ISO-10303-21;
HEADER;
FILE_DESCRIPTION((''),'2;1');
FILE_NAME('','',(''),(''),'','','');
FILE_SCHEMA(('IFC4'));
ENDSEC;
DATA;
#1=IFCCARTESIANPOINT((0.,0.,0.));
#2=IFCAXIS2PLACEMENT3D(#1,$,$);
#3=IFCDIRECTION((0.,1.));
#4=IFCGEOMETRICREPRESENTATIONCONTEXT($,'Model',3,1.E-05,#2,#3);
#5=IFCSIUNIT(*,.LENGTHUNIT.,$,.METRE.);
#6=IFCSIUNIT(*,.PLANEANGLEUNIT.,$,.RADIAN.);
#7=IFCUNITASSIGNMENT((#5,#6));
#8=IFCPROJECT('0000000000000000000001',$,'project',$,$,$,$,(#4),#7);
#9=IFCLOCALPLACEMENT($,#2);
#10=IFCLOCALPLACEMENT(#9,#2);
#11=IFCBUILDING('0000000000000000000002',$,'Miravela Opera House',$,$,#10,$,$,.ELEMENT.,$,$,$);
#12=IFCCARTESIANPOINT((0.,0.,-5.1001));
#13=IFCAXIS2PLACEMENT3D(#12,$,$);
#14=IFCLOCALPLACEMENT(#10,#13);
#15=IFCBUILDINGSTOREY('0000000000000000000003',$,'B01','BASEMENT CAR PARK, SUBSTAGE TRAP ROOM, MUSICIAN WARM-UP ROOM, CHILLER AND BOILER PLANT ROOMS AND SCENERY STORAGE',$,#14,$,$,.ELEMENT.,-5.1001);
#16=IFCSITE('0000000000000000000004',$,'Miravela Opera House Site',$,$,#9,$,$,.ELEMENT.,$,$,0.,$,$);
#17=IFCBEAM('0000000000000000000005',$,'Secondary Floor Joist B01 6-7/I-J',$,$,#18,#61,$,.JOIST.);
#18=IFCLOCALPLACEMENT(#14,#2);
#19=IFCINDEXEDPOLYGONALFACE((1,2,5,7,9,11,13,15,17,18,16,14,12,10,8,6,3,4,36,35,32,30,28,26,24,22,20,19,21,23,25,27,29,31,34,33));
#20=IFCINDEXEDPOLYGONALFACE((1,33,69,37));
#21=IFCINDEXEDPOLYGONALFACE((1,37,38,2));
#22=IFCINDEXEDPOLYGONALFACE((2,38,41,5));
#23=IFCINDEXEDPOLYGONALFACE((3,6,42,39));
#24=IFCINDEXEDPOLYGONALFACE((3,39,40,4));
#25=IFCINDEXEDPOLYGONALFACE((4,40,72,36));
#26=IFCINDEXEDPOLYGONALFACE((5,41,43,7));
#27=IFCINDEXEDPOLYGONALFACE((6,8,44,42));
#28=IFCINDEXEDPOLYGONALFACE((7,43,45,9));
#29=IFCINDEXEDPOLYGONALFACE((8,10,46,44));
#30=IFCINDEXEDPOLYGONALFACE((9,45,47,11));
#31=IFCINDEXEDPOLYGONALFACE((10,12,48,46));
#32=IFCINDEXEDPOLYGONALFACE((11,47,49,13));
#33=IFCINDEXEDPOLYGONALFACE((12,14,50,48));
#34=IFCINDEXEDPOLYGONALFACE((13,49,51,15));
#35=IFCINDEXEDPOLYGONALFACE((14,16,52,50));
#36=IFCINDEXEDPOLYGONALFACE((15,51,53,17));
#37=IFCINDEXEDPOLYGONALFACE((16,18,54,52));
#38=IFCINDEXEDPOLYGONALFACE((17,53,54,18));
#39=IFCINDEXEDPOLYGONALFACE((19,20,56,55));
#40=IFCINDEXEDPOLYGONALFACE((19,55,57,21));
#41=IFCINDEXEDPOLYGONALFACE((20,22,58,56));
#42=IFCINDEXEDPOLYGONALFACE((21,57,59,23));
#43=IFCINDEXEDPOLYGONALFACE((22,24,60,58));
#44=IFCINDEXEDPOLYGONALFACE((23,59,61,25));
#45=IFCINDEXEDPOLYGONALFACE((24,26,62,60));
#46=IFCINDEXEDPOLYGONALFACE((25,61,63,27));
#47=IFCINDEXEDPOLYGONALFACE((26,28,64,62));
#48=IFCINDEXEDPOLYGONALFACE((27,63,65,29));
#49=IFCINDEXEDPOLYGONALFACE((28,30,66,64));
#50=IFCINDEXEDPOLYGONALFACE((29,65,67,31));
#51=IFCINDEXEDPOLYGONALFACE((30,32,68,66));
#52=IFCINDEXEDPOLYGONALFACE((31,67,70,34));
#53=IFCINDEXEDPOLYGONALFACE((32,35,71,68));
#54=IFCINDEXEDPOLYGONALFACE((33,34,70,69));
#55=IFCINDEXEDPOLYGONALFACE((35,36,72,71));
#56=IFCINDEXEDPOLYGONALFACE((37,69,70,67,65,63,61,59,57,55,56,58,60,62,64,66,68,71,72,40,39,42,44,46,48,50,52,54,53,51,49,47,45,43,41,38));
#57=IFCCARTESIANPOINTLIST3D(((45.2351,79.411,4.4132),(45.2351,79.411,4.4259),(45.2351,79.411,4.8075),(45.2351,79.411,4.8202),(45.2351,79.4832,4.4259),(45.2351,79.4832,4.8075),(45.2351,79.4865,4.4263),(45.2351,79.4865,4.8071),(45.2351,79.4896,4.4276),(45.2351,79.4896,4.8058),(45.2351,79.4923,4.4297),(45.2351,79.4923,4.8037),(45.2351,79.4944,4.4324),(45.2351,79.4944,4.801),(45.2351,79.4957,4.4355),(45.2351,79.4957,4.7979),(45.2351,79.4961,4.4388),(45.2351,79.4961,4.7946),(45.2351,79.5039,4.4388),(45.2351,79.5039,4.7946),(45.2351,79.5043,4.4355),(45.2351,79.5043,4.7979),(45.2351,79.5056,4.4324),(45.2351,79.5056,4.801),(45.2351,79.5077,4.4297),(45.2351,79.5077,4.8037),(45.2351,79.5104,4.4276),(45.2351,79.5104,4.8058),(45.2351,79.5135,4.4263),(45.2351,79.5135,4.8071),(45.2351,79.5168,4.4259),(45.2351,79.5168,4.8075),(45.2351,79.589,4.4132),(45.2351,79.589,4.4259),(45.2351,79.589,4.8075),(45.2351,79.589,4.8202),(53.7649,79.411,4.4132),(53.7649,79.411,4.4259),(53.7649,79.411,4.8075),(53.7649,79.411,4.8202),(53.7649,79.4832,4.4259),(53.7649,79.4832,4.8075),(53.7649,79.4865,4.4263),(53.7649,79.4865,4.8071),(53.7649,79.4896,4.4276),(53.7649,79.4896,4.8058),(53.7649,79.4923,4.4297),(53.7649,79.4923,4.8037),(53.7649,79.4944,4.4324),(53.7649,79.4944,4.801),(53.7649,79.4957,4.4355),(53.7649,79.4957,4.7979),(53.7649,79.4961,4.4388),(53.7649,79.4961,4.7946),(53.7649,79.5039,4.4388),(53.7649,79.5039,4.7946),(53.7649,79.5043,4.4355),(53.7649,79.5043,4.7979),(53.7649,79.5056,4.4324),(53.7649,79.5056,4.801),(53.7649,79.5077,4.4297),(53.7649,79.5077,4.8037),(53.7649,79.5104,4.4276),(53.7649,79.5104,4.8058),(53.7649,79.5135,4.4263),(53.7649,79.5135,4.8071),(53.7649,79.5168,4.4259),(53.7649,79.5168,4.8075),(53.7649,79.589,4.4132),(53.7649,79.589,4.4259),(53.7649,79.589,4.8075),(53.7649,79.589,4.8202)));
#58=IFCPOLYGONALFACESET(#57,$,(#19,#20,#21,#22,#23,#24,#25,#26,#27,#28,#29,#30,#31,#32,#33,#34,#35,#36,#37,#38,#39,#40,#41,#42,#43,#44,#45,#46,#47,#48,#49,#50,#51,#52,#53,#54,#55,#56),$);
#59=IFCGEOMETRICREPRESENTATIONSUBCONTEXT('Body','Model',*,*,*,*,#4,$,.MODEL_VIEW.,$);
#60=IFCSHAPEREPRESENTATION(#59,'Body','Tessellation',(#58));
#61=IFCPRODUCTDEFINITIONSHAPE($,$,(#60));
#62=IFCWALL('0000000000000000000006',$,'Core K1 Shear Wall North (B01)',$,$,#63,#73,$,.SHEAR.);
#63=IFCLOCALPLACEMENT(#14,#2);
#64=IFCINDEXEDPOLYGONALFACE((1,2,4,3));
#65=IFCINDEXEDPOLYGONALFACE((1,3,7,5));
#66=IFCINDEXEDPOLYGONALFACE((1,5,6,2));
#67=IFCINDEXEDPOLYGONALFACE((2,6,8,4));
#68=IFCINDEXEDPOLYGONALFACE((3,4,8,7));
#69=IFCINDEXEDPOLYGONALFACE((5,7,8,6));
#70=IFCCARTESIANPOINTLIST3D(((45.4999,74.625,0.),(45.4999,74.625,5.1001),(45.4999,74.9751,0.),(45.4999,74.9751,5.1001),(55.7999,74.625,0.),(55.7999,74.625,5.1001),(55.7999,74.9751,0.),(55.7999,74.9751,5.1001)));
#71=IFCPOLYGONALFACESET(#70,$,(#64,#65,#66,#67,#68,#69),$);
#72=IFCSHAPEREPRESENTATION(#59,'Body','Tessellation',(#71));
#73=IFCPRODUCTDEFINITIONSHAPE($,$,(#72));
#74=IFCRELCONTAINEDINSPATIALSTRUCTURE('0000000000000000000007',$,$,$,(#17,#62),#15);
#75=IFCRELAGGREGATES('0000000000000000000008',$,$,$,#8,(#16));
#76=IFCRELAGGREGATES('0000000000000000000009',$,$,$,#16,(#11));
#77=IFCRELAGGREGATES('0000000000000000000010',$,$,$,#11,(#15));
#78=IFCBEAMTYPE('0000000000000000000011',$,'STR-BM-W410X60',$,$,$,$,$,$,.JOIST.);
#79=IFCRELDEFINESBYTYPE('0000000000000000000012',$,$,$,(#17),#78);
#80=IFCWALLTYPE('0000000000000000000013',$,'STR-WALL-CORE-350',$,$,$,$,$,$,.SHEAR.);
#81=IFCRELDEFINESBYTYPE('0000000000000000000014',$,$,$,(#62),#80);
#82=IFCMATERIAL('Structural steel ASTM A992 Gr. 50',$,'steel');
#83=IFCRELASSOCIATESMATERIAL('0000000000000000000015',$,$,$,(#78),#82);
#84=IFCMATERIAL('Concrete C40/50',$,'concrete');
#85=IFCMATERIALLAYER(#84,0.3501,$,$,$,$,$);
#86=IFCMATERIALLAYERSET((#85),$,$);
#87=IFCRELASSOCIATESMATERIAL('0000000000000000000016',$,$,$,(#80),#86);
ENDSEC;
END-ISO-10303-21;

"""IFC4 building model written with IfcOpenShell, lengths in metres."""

from ifc_helpers import new_model, si_unit, direction, frame, frame_2d, origin, origin_2d, place, context, subcontext, project, spatial, rectangle, i_section, extrude, material, layer, layer_set, material_profile, profile_set, type_object, element, save


model = new_model("IFC4")

# Units and contexts
model_context = context("Model", 3, precision=1e-05, world=origin(), true_north=direction((0.0, 1.0)))
body_context = subcontext(model_context, "Body", "Model", "MODEL_VIEW")
ifc_project = project(units=[si_unit("LENGTHUNIT", "METRE"), si_unit("PLANEANGLEUNIT", "RADIAN")], contexts=[model_context])

# Site, building, storey
site_placement = place(None, origin())
site = spatial("IfcSite", under=ifc_project, at=site_placement, Name="Miravela Opera House Site", CompositionType="ELEMENT", RefElevation=0.0)
building_placement = place(site_placement, origin())
building = spatial("IfcBuilding", under=site, at=building_placement, Name="Miravela Opera House", CompositionType="ELEMENT")
storey_placement = place(building_placement, frame((0.0, 0.0, -5.1001)))
storey = spatial("IfcBuildingStorey", under=building, at=storey_placement, Name="B01", Description="BASEMENT CAR PARK, SUBSTAGE TRAP ROOM, MUSICIAN WARM-UP ROOM, CHILLER AND BOILER PLANT ROOMS AND SCENERY STORAGE", CompositionType="ELEMENT", Elevation=-5.1001)

# Shared definitions
ifc_material_1 = material(Name="Concrete C40/50", Category="concrete")

# Beam
ifc_material_2 = material(Name="Structural steel ASTM A992 Gr. 50", Category="steel")
ifc_material_profile_1 = material_profile(ifc_material_2, i_section(OverallWidth=0.178, OverallDepth=0.407, WebThickness=0.0078, FlangeThickness=0.0127, FilletRadius=0.0129, at=origin_2d()), Name="W410X60")
ifc_profile_set_1 = profile_set([ifc_material_profile_1])
beam_type_1 = type_object("IfcBeamType", Name="STR-BM-W410X60", PredefinedType="JOIST", material=ifc_profile_set_1)
beam_1_placement = place(storey_placement, frame((45.2351, 79.5, 4.6167), z_axis=(1.0, 0.0, 0.0), x_axis=(0.0, 1.0, 0.0)))
element("IfcBeam", 1, at=beam_1_placement, inside=storey, type_object=beam_type_1, Name="Secondary Floor Joist B01 6-7/I-J", PredefinedType="JOIST", context=body_context, shape_type="SweptSolid", body=[
    extrude(i_section(OverallWidth=0.178, OverallDepth=0.407, WebThickness=0.0078, FlangeThickness=0.0127, FilletRadius=0.0129, at=origin_2d()), origin(), (0.0, 0.0, 1.0), 8.5298),
])

# Wall
ifc_layer = layer(ifc_material_1, 0.3501)
ifc_layer_set = layer_set([ifc_layer])
wall_type = type_object("IfcWallType", Name="STR-WALL-CORE-350", PredefinedType="SHEAR", material=ifc_layer_set)
wall_placement = place(storey_placement, frame((45.5, 74.8, 0.0), z_axis=(0.0, 0.0, 1.0), x_axis=(1.0, 0.0, 0.0)))
element("IfcWall", 2, at=wall_placement, inside=storey, type_object=wall_type, Name="Core K1 Shear Wall North (B01)", PredefinedType="SHEAR", context=body_context, shape_type="SweptSolid", body=[
    extrude(rectangle(XDim=10.3, YDim=0.3501, at=frame_2d((5.1499, 0.0))), origin(), (0.0, 0.0, 1.0), 5.1001),
])

save(model, "model.ifc")
